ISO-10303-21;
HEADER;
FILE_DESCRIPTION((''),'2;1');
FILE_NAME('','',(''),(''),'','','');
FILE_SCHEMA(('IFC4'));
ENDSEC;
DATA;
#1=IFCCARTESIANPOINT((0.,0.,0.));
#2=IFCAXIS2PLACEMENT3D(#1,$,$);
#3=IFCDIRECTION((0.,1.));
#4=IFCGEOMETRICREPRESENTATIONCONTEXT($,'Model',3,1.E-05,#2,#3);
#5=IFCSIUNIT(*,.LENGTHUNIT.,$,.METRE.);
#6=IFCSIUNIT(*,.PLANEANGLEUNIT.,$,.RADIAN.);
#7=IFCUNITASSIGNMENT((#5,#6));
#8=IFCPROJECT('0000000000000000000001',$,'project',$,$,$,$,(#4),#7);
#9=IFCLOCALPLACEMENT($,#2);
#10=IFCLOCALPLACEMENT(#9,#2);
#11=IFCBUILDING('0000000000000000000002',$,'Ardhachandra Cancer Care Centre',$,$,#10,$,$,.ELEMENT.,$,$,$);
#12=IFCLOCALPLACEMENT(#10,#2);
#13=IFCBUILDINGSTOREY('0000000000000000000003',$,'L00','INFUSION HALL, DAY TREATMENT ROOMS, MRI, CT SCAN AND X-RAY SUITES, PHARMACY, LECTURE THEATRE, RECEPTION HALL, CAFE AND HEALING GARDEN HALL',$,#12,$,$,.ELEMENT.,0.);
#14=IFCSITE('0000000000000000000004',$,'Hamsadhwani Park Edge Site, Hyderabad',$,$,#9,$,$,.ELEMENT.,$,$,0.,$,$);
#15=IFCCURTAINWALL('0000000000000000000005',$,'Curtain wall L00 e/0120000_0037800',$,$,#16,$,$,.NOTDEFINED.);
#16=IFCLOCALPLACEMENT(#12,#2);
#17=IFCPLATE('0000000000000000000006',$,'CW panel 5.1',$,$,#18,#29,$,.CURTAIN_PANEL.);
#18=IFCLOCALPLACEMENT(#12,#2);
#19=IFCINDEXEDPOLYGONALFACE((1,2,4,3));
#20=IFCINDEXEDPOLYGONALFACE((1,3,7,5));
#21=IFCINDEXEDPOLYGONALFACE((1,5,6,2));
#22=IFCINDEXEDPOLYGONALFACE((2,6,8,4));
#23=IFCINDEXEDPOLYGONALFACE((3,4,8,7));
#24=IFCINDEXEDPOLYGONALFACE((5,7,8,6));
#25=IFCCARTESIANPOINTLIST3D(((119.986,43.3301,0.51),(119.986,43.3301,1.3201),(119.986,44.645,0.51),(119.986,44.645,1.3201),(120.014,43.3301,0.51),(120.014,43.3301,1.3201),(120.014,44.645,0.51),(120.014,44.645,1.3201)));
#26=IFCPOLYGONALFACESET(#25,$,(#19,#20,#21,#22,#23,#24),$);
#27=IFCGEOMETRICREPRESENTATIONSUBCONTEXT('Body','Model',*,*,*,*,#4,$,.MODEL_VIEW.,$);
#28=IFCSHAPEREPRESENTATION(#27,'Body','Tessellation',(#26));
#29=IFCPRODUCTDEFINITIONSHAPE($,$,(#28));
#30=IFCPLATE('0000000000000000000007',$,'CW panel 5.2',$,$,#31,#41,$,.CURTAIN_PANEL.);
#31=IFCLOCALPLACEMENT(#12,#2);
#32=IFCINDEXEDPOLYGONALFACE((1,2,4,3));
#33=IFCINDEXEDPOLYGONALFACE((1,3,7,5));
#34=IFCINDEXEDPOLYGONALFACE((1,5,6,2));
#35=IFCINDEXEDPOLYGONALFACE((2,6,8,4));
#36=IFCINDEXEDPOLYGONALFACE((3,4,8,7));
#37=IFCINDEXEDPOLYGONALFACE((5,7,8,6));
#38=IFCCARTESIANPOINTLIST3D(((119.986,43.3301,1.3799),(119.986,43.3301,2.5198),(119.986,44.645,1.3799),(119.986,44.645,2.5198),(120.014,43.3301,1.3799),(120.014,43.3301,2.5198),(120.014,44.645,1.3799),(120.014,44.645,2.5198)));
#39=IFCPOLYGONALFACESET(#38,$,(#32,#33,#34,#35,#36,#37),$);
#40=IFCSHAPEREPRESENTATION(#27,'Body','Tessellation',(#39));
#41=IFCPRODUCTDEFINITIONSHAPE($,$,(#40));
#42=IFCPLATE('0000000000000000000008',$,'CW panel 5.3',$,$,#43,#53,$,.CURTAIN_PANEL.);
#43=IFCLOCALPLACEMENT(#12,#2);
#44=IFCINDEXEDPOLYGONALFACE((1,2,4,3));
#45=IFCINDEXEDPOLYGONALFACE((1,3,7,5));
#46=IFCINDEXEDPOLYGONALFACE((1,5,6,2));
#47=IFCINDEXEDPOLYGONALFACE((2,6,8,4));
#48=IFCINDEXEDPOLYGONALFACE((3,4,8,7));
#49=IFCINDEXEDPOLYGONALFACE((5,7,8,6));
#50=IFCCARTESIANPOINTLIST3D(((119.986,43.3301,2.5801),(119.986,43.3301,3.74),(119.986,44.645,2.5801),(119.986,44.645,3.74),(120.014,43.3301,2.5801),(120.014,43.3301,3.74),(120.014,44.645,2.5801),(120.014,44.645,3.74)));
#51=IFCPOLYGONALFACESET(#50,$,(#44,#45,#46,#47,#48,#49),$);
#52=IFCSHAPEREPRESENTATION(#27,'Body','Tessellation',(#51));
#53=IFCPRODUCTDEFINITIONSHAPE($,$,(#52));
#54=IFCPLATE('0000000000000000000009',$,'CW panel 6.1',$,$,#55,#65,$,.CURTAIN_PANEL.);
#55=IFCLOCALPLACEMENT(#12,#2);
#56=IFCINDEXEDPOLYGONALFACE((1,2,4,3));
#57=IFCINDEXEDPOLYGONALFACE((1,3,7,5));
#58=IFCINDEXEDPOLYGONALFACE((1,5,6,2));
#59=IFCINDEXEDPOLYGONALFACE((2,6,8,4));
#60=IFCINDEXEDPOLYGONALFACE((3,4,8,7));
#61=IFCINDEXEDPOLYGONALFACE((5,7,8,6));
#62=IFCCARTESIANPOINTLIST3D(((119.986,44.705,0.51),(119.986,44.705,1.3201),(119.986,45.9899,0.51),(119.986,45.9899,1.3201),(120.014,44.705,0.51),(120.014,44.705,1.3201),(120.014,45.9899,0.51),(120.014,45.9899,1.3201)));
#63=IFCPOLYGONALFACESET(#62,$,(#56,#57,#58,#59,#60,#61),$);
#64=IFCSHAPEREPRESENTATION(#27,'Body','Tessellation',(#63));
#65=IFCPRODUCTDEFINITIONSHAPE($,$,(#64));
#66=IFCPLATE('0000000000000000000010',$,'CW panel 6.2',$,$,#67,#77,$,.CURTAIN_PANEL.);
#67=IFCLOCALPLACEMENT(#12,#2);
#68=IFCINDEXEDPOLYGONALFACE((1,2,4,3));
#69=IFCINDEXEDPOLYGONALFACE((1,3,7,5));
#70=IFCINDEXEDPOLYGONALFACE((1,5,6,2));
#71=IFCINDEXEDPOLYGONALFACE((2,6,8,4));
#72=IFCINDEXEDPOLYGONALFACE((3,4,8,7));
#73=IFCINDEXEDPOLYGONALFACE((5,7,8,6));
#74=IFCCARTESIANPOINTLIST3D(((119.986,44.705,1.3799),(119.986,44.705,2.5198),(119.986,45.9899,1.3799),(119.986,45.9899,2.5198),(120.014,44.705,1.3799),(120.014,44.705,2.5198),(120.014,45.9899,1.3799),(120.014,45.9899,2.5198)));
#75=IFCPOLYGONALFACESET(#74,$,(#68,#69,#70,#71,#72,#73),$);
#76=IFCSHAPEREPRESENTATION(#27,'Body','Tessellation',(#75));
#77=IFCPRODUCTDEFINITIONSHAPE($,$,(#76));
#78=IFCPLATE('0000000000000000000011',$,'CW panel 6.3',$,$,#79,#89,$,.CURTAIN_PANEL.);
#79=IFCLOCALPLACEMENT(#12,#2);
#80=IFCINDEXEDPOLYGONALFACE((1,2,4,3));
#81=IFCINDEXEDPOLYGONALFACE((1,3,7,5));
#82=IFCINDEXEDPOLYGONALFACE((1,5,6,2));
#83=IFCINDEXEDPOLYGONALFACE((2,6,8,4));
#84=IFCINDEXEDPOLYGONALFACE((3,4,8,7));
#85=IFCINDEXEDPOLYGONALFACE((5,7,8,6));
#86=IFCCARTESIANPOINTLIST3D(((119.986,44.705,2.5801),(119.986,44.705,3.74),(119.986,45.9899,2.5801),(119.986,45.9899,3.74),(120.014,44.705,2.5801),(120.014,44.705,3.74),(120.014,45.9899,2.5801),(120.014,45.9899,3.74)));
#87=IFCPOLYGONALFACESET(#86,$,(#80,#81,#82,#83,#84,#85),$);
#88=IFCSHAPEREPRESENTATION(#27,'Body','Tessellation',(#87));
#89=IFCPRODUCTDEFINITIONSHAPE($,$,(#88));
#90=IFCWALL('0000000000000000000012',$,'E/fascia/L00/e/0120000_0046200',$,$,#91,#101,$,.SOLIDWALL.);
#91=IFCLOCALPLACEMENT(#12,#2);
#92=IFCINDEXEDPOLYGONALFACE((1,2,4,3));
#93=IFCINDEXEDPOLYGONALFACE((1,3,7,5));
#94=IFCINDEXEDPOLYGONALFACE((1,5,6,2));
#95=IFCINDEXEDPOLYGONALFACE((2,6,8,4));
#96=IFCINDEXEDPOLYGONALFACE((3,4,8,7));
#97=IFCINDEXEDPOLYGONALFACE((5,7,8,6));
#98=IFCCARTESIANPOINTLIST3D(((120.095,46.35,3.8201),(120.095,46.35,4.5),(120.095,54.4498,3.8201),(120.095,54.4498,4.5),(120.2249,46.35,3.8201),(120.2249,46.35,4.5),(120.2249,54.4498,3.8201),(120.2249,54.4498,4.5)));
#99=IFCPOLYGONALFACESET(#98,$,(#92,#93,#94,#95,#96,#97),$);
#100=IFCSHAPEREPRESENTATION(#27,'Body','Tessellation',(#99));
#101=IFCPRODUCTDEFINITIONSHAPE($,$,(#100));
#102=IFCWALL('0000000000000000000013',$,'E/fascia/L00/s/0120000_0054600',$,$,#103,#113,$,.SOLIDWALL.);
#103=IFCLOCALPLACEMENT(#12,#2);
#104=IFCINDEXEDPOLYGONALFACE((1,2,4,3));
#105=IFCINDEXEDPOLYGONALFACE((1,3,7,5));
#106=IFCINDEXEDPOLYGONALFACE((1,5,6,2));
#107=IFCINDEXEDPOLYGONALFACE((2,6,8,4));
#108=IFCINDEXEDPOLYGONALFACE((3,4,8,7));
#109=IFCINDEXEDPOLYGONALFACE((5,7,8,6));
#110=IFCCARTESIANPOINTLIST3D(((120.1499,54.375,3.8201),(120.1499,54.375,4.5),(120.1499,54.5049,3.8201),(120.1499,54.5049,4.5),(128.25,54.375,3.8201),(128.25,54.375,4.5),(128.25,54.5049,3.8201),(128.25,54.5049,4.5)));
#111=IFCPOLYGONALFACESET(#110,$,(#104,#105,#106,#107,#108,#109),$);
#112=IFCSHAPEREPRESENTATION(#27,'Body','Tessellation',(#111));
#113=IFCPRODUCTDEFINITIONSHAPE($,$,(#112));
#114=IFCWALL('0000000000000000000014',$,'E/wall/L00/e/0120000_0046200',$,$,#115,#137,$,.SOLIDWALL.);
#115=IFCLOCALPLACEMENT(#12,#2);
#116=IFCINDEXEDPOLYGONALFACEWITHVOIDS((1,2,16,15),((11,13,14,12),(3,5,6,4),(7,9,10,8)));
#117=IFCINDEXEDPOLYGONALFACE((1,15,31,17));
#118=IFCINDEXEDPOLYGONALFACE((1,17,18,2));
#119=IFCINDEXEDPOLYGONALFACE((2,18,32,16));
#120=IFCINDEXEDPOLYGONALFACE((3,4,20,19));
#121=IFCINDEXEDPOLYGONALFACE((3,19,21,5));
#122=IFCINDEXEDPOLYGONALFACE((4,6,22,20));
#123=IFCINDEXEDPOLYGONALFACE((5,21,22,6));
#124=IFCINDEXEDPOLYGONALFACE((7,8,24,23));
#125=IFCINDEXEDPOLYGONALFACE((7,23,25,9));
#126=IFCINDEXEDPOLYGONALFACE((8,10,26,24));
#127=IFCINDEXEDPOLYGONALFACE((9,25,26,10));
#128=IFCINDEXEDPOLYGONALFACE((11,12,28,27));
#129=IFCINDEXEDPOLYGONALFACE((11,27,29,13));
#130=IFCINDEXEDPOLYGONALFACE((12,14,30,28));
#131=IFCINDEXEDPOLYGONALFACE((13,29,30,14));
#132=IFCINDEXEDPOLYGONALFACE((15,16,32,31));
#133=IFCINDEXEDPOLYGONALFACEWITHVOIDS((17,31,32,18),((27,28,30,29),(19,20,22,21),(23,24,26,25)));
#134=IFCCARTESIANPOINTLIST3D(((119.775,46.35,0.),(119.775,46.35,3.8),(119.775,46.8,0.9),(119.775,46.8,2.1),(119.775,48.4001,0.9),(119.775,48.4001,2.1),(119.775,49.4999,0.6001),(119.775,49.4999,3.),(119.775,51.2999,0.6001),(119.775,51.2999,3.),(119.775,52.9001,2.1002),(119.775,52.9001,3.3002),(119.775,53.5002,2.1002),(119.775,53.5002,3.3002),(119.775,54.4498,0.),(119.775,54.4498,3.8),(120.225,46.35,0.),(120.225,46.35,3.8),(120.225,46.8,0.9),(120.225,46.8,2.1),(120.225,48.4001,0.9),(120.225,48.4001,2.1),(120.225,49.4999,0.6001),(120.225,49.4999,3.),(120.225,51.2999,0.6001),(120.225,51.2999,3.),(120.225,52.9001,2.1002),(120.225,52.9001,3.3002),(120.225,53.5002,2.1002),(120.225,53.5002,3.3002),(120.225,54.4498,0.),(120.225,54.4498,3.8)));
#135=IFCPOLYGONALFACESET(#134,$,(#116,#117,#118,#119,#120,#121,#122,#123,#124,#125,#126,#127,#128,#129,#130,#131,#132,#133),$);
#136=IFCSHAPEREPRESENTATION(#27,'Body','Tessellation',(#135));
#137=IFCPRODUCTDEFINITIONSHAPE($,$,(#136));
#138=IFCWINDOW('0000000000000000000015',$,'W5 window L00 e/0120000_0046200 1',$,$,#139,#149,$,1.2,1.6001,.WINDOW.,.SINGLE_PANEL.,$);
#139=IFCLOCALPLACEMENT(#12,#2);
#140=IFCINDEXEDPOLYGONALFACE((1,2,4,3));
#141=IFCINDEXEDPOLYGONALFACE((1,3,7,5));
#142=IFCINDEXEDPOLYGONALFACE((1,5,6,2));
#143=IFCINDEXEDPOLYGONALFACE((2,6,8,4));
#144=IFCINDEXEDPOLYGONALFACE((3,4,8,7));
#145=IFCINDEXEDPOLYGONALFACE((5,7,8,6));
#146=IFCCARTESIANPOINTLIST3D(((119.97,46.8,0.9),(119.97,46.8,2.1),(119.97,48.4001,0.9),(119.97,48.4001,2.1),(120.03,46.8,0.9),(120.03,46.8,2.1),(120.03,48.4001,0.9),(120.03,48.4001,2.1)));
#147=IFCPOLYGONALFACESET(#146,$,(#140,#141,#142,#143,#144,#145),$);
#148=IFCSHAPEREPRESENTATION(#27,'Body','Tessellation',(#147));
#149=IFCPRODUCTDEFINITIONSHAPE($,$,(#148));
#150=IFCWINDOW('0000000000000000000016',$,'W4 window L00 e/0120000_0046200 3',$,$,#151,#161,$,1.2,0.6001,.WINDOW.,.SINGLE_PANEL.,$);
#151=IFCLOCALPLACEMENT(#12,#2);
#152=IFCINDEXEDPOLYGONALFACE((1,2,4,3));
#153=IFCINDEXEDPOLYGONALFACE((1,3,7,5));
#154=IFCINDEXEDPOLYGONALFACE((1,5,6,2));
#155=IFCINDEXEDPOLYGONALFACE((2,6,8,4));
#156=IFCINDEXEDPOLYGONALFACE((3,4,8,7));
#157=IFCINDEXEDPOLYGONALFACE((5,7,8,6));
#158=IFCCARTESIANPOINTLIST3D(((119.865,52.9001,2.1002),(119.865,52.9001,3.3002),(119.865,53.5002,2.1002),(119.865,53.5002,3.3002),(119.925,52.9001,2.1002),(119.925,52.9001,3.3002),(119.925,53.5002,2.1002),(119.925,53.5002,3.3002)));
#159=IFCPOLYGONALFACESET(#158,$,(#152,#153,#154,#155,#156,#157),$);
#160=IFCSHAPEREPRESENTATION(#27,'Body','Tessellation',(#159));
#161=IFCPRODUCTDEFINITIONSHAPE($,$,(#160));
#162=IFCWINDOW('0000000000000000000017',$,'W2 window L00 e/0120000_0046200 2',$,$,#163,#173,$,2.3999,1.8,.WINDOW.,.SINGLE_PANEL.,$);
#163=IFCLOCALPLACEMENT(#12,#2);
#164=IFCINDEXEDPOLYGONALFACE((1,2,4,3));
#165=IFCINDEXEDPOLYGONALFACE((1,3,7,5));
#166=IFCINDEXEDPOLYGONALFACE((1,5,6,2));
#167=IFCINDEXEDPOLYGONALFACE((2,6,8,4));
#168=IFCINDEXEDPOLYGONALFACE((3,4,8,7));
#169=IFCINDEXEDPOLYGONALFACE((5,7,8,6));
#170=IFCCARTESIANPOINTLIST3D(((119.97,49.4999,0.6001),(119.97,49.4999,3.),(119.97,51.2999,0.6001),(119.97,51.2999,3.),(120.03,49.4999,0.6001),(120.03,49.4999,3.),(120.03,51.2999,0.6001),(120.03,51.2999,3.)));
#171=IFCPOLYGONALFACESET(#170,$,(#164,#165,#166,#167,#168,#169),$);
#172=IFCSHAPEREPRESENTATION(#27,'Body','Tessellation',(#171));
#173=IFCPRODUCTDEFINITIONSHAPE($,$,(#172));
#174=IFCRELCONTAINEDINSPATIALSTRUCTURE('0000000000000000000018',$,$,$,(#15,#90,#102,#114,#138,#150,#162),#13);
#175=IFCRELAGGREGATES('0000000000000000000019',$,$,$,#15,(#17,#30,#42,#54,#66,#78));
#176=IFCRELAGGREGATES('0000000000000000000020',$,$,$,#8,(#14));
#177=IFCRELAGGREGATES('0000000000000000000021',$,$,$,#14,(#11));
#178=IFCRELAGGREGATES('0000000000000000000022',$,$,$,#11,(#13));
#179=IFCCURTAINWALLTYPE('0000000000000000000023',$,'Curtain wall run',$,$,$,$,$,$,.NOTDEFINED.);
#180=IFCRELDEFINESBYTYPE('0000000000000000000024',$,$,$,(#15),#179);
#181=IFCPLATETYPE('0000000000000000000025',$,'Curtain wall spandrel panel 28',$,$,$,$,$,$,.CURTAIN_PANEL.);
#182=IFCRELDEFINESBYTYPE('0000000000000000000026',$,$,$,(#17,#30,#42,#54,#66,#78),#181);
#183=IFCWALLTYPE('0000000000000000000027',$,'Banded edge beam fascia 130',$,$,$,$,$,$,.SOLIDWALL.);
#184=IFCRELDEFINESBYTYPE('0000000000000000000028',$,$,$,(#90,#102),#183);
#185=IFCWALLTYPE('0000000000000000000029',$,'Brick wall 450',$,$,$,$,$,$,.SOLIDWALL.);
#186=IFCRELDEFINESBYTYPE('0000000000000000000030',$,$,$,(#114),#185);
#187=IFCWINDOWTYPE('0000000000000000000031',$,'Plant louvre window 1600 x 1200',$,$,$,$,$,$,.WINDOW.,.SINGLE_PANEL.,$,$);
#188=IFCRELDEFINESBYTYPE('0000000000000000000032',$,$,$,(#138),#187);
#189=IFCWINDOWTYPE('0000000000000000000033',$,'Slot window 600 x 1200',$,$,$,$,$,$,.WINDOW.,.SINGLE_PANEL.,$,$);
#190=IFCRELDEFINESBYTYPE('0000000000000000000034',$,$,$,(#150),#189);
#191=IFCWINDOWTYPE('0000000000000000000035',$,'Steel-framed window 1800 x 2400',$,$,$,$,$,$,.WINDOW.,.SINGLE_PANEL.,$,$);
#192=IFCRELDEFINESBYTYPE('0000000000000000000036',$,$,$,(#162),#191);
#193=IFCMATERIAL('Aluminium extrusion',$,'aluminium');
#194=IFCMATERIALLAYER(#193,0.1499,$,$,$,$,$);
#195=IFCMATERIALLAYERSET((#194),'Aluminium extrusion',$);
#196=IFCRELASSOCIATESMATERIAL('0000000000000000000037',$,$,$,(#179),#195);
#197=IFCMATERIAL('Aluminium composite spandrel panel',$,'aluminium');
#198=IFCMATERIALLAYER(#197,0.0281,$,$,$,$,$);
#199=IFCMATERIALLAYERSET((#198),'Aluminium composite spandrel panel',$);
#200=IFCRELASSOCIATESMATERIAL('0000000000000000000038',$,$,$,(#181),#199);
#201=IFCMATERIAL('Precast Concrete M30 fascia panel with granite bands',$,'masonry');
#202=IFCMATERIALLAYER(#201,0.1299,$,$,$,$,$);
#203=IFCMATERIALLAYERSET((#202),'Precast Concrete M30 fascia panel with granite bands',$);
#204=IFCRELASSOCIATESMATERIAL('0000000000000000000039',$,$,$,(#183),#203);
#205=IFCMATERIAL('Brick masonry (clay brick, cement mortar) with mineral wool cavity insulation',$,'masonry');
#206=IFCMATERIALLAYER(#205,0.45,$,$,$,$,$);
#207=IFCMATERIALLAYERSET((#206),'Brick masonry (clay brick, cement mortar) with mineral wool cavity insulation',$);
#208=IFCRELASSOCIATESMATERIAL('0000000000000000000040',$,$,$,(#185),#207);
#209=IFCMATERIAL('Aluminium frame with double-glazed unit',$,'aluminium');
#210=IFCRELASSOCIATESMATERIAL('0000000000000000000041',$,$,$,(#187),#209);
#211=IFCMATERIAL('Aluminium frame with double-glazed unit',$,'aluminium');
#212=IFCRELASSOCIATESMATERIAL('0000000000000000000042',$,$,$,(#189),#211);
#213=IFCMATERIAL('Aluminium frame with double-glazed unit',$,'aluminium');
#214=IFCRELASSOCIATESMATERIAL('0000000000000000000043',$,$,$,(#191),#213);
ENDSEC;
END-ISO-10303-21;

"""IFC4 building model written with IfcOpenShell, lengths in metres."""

from ifc_helpers import new_model, si_unit, direction, frame, frame_2d, origin, origin_2d, place, context, subcontext, project, spatial, rectangle, extrude, material, layer, layer_set, type_object, element, fill, aggregate, save


model = new_model("IFC4")

# Units and contexts
model_context = context("Model", 3, precision=1e-05, world=origin(), true_north=direction((0.0, 1.0)))
body_context = subcontext(model_context, "Body", "Model", "MODEL_VIEW")
ifc_project = project(units=[si_unit("LENGTHUNIT", "METRE"), si_unit("PLANEANGLEUNIT", "RADIAN")], contexts=[model_context])

# Site, building, storey
site_placement = place(None, origin())
site = spatial("IfcSite", under=ifc_project, at=site_placement, Name="Hamsadhwani Park Edge Site, Hyderabad", CompositionType="ELEMENT", RefElevation=0.0)
building_placement = place(site_placement, origin())
building = spatial("IfcBuilding", under=site, at=building_placement, Name="Ardhachandra Cancer Care Centre", CompositionType="ELEMENT")
storey_placement = place(building_placement, origin())
storey = spatial("IfcBuildingStorey", under=building, at=storey_placement, Name="L00", Description="INFUSION HALL, DAY TREATMENT ROOMS, MRI, CT SCAN AND X-RAY SUITES, PHARMACY, LECTURE THEATRE, RECEPTION HALL, CAFE AND HEALING GARDEN HALL", CompositionType="ELEMENT", Elevation=0.0)

# Curtain wall, plates
ifc_material_1 = material(Name="Aluminium extrusion", Category="aluminium")
ifc_layer_1 = layer(ifc_material_1, 0.1499)
ifc_layer_set_1 = layer_set([ifc_layer_1], Name="Aluminium extrusion")
curtain_wall_type = type_object("IfcCurtainWallType", Name="Curtain wall run", PredefinedType="NOTDEFINED", material=ifc_layer_set_1)
curtain_wall_placement = place(storey_placement, origin())
curtain_wall = element("IfcCurtainWall", 1, at=curtain_wall_placement, inside=storey, type_object=curtain_wall_type, Name="Curtain wall L00 e/0120000_0037800", PredefinedType="NOTDEFINED")
ifc_material_2 = material(Name="Aluminium composite spandrel panel", Category="aluminium")
ifc_layer_2 = layer(ifc_material_2, 0.0281)
ifc_layer_set_2 = layer_set([ifc_layer_2], Name="Aluminium composite spandrel panel")
plate_type = type_object("IfcPlateType", Name="Curtain wall spandrel panel 28", PredefinedType="CURTAIN_PANEL", material=ifc_layer_set_2)
plate_1_placement = place(storey_placement, frame((120.0, 43.9875, 0.51), z_axis=(0.0, 0.0, 1.0), x_axis=(0.0, 1.0, 0.0)))
plate_1 = element("IfcPlate", 2, at=plate_1_placement, type_object=plate_type, Name="CW panel 5.1", PredefinedType="CURTAIN_PANEL", context=body_context, shape_type="SweptSolid", body=[
    extrude(rectangle(XDim=1.3149, YDim=0.0281, at=origin_2d()), origin(), (0.0, 0.0, 1.0), 0.8101),
])
plate_2_placement = place(storey_placement, frame((120.0, 43.9875, 1.3799), z_axis=(0.0, 0.0, 1.0), x_axis=(0.0, 1.0, 0.0)))
plate_2 = element("IfcPlate", 3, at=plate_2_placement, type_object=plate_type, Name="CW panel 5.2", PredefinedType="CURTAIN_PANEL", context=body_context, shape_type="SweptSolid", body=[
    extrude(rectangle(XDim=1.3149, YDim=0.0281, at=origin_2d()), origin(), (0.0, 0.0, 1.0), 1.1399),
])
plate_3_placement = place(storey_placement, frame((120.0, 43.9875, 2.5801), z_axis=(0.0, 0.0, 1.0), x_axis=(0.0, 1.0, 0.0)))
plate_3 = element("IfcPlate", 4, at=plate_3_placement, type_object=plate_type, Name="CW panel 5.3", PredefinedType="CURTAIN_PANEL", context=body_context, shape_type="SweptSolid", body=[
    extrude(rectangle(XDim=1.3149, YDim=0.0281, at=origin_2d()), origin(), (0.0, 0.0, 1.0), 1.1599),
])
plate_4_placement = place(storey_placement, frame((120.0, 45.3474, 0.51), z_axis=(0.0, 0.0, 1.0), x_axis=(0.0, 1.0, 0.0)))
plate_4 = element("IfcPlate", 5, at=plate_4_placement, type_object=plate_type, Name="CW panel 6.1", PredefinedType="CURTAIN_PANEL", context=body_context, shape_type="SweptSolid", body=[
    extrude(rectangle(XDim=1.2849, YDim=0.0281, at=origin_2d()), origin(), (0.0, 0.0, 1.0), 0.8101),
])
plate_5_placement = place(storey_placement, frame((120.0, 45.3474, 1.3799), z_axis=(0.0, 0.0, 1.0), x_axis=(0.0, 1.0, 0.0)))
plate_5 = element("IfcPlate", 6, at=plate_5_placement, type_object=plate_type, Name="CW panel 6.2", PredefinedType="CURTAIN_PANEL", context=body_context, shape_type="SweptSolid", body=[
    extrude(rectangle(XDim=1.2849, YDim=0.0281, at=origin_2d()), origin(), (0.0, 0.0, 1.0), 1.1399),
])
plate_6_placement = place(storey_placement, frame((120.0, 45.3474, 2.5801), z_axis=(0.0, 0.0, 1.0), x_axis=(0.0, 1.0, 0.0)))
plate_6 = element("IfcPlate", 7, at=plate_6_placement, type_object=plate_type, Name="CW panel 6.3", PredefinedType="CURTAIN_PANEL", context=body_context, shape_type="SweptSolid", body=[
    extrude(rectangle(XDim=1.2849, YDim=0.0281, at=origin_2d()), origin(), (0.0, 0.0, 1.0), 1.1599),
])
aggregate(curtain_wall, [plate_1, plate_2, plate_3, plate_4, plate_5, plate_6])

# Walls
ifc_material_3 = material(Name="Precast Concrete M30 fascia panel with granite bands", Category="masonry")
ifc_layer_3 = layer(ifc_material_3, 0.1299)
ifc_layer_set_3 = layer_set([ifc_layer_3], Name="Precast Concrete M30 fascia panel with granite bands")
wall_type_1 = type_object("IfcWallType", Name="Banded edge beam fascia 130", PredefinedType="SOLIDWALL", material=ifc_layer_set_3)
wall_1_placement = place(storey_placement, frame((120.1599, 46.3501, 3.8201), z_axis=(0.0, 0.0, 1.0), x_axis=(0.0, 1.0, 0.0)))
element("IfcWall", 8, at=wall_1_placement, inside=storey, type_object=wall_type_1, Name="E/fascia/L00/e/0120000_0046200", PredefinedType="SOLIDWALL", context=body_context, shape_type="SweptSolid", body=[
    extrude(rectangle(XDim=8.0999, YDim=0.1299, at=frame_2d((4.0498, 0.0))), origin(), (0.0, 0.0, 1.0), 0.6799),
])
wall_2_placement = place(storey_placement, frame((120.1499, 54.4399, 3.8201), z_axis=(0.0, 0.0, 1.0), x_axis=(1.0, 0.0, 0.0)))
element("IfcWall", 9, at=wall_2_placement, inside=storey, type_object=wall_type_1, Name="E/fascia/L00/s/0120000_0054600", PredefinedType="SOLIDWALL", context=body_context, shape_type="SweptSolid", body=[
    extrude(rectangle(XDim=8.1001, YDim=0.1299, at=frame_2d((4.05, 0.0))), origin(), (0.0, 0.0, 1.0), 0.6799),
])

# Wall, openings, windows
ifc_material_4 = material(Name="Brick masonry (clay brick, cement mortar) with mineral wool cavity insulation", Category="masonry")
ifc_layer_4 = layer(ifc_material_4, 0.45)
ifc_layer_set_4 = layer_set([ifc_layer_4], Name="Brick masonry (clay brick, cement mortar) with mineral wool cavity insulation")
wall_type_2 = type_object("IfcWallType", Name="Brick wall 450", PredefinedType="SOLIDWALL", material=ifc_layer_set_4)
wall_3_placement = place(storey_placement, frame((120.0, 46.3501, 0.0), z_axis=(0.0, 0.0, 1.0), x_axis=(0.0, 1.0, 0.0)))
wall_3 = element("IfcWall", 10, at=wall_3_placement, inside=storey, type_object=wall_type_2, Name="E/wall/L00/e/0120000_0046200", PredefinedType="SOLIDWALL", context=body_context, shape_type="SweptSolid", body=[
    extrude(rectangle(XDim=8.0999, YDim=0.45, at=frame_2d((4.0498, 0.0))), origin(), (0.0, 0.0, 1.0), 3.8),
])
opening_1_placement = place(wall_3_placement, frame((0.45, 0.0, 0.8999)))
opening_1 = element("IfcOpeningElement", 11, at=opening_1_placement, cuts=wall_3, PredefinedType="OPENING", context=body_context, shape_type="SweptSolid", body=[
    extrude(rectangle(XDim=1.6001, YDim=1.2, at=frame_2d((0.8, 0.6001))), frame((0.0, 0.2349, 0.0), z_axis=(0.0, -1.0, 0.0), x_axis=(1.0, 0.0, 0.0)), (0.0, 0.0, 1.0), 0.47),
])
opening_2_placement = place(wall_3_placement, frame((3.1499, 0.0, 0.6001)))
opening_2 = element("IfcOpeningElement", 12, at=opening_2_placement, cuts=wall_3, PredefinedType="OPENING", context=body_context, shape_type="SweptSolid", body=[
    extrude(rectangle(XDim=1.8, YDim=2.3999, at=frame_2d((0.8999, 1.2))), frame((0.0, 0.2349, 0.0), z_axis=(0.0, -1.0, 0.0), x_axis=(1.0, 0.0, 0.0)), (0.0, 0.0, 1.0), 0.47),
])
opening_3_placement = place(wall_3_placement, frame((6.55, 0.0, 2.1001)))
opening_3 = element("IfcOpeningElement", 13, at=opening_3_placement, cuts=wall_3, PredefinedType="OPENING", context=body_context, shape_type="SweptSolid", body=[
    extrude(rectangle(XDim=0.6001, YDim=1.2, at=frame_2d((0.3, 0.6001))), frame((0.0, 0.2349, 0.0), z_axis=(0.0, -1.0, 0.0), x_axis=(1.0, 0.0, 0.0)), (0.0, 0.0, 1.0), 0.47),
])
ifc_material_5 = material(Name="Aluminium frame with double-glazed unit", Category="aluminium")
window_type_1 = type_object("IfcWindowType", Name="Plant louvre window 1600 x 1200", PartitioningType="SINGLE_PANEL", PredefinedType="WINDOW", material=ifc_material_5)
window_1_placement = place(opening_1_placement, origin())
window_1 = element("IfcWindow", 14, at=window_1_placement, inside=storey, type_object=window_type_1, Name="W5 window L00 e/0120000_0046200 1", OverallHeight=1.2, OverallWidth=1.6001, PartitioningType="SINGLE_PANEL", PredefinedType="WINDOW", context=body_context, shape_type="SweptSolid", body=[
    extrude(rectangle(XDim=1.6001, YDim=1.2, at=frame_2d((0.8, 0.6001))), frame((0.0, 0.03, 0.0), z_axis=(0.0, -1.0, 0.0), x_axis=(1.0, 0.0, 0.0)), (0.0, 0.0, 1.0), 0.0601),
])
fill(opening_1, window_1)
ifc_material_6 = material(Name="Aluminium frame with double-glazed unit", Category="aluminium")
window_type_2 = type_object("IfcWindowType", Name="Slot window 600 x 1200", PartitioningType="SINGLE_PANEL", PredefinedType="WINDOW", material=ifc_material_6)
window_2_placement = place(opening_3_placement, origin())
window_2 = element("IfcWindow", 15, at=window_2_placement, inside=storey, type_object=window_type_2, Name="W4 window L00 e/0120000_0046200 3", OverallHeight=1.2, OverallWidth=0.6001, PartitioningType="SINGLE_PANEL", PredefinedType="WINDOW", context=body_context, shape_type="SweptSolid", body=[
    extrude(rectangle(XDim=0.6001, YDim=1.2, at=frame_2d((0.3, 0.6001))), frame((0.0, 0.135, 0.0), z_axis=(0.0, -1.0, 0.0), x_axis=(1.0, 0.0, 0.0)), (0.0, 0.0, 1.0), 0.0601),
])
fill(opening_3, window_2)
ifc_material_7 = material(Name="Aluminium frame with double-glazed unit", Category="aluminium")
window_type_3 = type_object("IfcWindowType", Name="Steel-framed window 1800 x 2400", PartitioningType="SINGLE_PANEL", PredefinedType="WINDOW", material=ifc_material_7)
window_3_placement = place(opening_2_placement, origin())
window_3 = element("IfcWindow", 16, at=window_3_placement, inside=storey, type_object=window_type_3, Name="W2 window L00 e/0120000_0046200 2", OverallHeight=2.3999, OverallWidth=1.8, PartitioningType="SINGLE_PANEL", PredefinedType="WINDOW", context=body_context, shape_type="SweptSolid", body=[
    extrude(rectangle(XDim=1.8, YDim=2.3999, at=frame_2d((0.8999, 1.2))), frame((0.0, 0.03, 0.0), z_axis=(0.0, -1.0, 0.0), x_axis=(1.0, 0.0, 0.0)), (0.0, 0.0, 1.0), 0.0601),
])
fill(opening_2, window_3)

save(model, "model.ifc")
